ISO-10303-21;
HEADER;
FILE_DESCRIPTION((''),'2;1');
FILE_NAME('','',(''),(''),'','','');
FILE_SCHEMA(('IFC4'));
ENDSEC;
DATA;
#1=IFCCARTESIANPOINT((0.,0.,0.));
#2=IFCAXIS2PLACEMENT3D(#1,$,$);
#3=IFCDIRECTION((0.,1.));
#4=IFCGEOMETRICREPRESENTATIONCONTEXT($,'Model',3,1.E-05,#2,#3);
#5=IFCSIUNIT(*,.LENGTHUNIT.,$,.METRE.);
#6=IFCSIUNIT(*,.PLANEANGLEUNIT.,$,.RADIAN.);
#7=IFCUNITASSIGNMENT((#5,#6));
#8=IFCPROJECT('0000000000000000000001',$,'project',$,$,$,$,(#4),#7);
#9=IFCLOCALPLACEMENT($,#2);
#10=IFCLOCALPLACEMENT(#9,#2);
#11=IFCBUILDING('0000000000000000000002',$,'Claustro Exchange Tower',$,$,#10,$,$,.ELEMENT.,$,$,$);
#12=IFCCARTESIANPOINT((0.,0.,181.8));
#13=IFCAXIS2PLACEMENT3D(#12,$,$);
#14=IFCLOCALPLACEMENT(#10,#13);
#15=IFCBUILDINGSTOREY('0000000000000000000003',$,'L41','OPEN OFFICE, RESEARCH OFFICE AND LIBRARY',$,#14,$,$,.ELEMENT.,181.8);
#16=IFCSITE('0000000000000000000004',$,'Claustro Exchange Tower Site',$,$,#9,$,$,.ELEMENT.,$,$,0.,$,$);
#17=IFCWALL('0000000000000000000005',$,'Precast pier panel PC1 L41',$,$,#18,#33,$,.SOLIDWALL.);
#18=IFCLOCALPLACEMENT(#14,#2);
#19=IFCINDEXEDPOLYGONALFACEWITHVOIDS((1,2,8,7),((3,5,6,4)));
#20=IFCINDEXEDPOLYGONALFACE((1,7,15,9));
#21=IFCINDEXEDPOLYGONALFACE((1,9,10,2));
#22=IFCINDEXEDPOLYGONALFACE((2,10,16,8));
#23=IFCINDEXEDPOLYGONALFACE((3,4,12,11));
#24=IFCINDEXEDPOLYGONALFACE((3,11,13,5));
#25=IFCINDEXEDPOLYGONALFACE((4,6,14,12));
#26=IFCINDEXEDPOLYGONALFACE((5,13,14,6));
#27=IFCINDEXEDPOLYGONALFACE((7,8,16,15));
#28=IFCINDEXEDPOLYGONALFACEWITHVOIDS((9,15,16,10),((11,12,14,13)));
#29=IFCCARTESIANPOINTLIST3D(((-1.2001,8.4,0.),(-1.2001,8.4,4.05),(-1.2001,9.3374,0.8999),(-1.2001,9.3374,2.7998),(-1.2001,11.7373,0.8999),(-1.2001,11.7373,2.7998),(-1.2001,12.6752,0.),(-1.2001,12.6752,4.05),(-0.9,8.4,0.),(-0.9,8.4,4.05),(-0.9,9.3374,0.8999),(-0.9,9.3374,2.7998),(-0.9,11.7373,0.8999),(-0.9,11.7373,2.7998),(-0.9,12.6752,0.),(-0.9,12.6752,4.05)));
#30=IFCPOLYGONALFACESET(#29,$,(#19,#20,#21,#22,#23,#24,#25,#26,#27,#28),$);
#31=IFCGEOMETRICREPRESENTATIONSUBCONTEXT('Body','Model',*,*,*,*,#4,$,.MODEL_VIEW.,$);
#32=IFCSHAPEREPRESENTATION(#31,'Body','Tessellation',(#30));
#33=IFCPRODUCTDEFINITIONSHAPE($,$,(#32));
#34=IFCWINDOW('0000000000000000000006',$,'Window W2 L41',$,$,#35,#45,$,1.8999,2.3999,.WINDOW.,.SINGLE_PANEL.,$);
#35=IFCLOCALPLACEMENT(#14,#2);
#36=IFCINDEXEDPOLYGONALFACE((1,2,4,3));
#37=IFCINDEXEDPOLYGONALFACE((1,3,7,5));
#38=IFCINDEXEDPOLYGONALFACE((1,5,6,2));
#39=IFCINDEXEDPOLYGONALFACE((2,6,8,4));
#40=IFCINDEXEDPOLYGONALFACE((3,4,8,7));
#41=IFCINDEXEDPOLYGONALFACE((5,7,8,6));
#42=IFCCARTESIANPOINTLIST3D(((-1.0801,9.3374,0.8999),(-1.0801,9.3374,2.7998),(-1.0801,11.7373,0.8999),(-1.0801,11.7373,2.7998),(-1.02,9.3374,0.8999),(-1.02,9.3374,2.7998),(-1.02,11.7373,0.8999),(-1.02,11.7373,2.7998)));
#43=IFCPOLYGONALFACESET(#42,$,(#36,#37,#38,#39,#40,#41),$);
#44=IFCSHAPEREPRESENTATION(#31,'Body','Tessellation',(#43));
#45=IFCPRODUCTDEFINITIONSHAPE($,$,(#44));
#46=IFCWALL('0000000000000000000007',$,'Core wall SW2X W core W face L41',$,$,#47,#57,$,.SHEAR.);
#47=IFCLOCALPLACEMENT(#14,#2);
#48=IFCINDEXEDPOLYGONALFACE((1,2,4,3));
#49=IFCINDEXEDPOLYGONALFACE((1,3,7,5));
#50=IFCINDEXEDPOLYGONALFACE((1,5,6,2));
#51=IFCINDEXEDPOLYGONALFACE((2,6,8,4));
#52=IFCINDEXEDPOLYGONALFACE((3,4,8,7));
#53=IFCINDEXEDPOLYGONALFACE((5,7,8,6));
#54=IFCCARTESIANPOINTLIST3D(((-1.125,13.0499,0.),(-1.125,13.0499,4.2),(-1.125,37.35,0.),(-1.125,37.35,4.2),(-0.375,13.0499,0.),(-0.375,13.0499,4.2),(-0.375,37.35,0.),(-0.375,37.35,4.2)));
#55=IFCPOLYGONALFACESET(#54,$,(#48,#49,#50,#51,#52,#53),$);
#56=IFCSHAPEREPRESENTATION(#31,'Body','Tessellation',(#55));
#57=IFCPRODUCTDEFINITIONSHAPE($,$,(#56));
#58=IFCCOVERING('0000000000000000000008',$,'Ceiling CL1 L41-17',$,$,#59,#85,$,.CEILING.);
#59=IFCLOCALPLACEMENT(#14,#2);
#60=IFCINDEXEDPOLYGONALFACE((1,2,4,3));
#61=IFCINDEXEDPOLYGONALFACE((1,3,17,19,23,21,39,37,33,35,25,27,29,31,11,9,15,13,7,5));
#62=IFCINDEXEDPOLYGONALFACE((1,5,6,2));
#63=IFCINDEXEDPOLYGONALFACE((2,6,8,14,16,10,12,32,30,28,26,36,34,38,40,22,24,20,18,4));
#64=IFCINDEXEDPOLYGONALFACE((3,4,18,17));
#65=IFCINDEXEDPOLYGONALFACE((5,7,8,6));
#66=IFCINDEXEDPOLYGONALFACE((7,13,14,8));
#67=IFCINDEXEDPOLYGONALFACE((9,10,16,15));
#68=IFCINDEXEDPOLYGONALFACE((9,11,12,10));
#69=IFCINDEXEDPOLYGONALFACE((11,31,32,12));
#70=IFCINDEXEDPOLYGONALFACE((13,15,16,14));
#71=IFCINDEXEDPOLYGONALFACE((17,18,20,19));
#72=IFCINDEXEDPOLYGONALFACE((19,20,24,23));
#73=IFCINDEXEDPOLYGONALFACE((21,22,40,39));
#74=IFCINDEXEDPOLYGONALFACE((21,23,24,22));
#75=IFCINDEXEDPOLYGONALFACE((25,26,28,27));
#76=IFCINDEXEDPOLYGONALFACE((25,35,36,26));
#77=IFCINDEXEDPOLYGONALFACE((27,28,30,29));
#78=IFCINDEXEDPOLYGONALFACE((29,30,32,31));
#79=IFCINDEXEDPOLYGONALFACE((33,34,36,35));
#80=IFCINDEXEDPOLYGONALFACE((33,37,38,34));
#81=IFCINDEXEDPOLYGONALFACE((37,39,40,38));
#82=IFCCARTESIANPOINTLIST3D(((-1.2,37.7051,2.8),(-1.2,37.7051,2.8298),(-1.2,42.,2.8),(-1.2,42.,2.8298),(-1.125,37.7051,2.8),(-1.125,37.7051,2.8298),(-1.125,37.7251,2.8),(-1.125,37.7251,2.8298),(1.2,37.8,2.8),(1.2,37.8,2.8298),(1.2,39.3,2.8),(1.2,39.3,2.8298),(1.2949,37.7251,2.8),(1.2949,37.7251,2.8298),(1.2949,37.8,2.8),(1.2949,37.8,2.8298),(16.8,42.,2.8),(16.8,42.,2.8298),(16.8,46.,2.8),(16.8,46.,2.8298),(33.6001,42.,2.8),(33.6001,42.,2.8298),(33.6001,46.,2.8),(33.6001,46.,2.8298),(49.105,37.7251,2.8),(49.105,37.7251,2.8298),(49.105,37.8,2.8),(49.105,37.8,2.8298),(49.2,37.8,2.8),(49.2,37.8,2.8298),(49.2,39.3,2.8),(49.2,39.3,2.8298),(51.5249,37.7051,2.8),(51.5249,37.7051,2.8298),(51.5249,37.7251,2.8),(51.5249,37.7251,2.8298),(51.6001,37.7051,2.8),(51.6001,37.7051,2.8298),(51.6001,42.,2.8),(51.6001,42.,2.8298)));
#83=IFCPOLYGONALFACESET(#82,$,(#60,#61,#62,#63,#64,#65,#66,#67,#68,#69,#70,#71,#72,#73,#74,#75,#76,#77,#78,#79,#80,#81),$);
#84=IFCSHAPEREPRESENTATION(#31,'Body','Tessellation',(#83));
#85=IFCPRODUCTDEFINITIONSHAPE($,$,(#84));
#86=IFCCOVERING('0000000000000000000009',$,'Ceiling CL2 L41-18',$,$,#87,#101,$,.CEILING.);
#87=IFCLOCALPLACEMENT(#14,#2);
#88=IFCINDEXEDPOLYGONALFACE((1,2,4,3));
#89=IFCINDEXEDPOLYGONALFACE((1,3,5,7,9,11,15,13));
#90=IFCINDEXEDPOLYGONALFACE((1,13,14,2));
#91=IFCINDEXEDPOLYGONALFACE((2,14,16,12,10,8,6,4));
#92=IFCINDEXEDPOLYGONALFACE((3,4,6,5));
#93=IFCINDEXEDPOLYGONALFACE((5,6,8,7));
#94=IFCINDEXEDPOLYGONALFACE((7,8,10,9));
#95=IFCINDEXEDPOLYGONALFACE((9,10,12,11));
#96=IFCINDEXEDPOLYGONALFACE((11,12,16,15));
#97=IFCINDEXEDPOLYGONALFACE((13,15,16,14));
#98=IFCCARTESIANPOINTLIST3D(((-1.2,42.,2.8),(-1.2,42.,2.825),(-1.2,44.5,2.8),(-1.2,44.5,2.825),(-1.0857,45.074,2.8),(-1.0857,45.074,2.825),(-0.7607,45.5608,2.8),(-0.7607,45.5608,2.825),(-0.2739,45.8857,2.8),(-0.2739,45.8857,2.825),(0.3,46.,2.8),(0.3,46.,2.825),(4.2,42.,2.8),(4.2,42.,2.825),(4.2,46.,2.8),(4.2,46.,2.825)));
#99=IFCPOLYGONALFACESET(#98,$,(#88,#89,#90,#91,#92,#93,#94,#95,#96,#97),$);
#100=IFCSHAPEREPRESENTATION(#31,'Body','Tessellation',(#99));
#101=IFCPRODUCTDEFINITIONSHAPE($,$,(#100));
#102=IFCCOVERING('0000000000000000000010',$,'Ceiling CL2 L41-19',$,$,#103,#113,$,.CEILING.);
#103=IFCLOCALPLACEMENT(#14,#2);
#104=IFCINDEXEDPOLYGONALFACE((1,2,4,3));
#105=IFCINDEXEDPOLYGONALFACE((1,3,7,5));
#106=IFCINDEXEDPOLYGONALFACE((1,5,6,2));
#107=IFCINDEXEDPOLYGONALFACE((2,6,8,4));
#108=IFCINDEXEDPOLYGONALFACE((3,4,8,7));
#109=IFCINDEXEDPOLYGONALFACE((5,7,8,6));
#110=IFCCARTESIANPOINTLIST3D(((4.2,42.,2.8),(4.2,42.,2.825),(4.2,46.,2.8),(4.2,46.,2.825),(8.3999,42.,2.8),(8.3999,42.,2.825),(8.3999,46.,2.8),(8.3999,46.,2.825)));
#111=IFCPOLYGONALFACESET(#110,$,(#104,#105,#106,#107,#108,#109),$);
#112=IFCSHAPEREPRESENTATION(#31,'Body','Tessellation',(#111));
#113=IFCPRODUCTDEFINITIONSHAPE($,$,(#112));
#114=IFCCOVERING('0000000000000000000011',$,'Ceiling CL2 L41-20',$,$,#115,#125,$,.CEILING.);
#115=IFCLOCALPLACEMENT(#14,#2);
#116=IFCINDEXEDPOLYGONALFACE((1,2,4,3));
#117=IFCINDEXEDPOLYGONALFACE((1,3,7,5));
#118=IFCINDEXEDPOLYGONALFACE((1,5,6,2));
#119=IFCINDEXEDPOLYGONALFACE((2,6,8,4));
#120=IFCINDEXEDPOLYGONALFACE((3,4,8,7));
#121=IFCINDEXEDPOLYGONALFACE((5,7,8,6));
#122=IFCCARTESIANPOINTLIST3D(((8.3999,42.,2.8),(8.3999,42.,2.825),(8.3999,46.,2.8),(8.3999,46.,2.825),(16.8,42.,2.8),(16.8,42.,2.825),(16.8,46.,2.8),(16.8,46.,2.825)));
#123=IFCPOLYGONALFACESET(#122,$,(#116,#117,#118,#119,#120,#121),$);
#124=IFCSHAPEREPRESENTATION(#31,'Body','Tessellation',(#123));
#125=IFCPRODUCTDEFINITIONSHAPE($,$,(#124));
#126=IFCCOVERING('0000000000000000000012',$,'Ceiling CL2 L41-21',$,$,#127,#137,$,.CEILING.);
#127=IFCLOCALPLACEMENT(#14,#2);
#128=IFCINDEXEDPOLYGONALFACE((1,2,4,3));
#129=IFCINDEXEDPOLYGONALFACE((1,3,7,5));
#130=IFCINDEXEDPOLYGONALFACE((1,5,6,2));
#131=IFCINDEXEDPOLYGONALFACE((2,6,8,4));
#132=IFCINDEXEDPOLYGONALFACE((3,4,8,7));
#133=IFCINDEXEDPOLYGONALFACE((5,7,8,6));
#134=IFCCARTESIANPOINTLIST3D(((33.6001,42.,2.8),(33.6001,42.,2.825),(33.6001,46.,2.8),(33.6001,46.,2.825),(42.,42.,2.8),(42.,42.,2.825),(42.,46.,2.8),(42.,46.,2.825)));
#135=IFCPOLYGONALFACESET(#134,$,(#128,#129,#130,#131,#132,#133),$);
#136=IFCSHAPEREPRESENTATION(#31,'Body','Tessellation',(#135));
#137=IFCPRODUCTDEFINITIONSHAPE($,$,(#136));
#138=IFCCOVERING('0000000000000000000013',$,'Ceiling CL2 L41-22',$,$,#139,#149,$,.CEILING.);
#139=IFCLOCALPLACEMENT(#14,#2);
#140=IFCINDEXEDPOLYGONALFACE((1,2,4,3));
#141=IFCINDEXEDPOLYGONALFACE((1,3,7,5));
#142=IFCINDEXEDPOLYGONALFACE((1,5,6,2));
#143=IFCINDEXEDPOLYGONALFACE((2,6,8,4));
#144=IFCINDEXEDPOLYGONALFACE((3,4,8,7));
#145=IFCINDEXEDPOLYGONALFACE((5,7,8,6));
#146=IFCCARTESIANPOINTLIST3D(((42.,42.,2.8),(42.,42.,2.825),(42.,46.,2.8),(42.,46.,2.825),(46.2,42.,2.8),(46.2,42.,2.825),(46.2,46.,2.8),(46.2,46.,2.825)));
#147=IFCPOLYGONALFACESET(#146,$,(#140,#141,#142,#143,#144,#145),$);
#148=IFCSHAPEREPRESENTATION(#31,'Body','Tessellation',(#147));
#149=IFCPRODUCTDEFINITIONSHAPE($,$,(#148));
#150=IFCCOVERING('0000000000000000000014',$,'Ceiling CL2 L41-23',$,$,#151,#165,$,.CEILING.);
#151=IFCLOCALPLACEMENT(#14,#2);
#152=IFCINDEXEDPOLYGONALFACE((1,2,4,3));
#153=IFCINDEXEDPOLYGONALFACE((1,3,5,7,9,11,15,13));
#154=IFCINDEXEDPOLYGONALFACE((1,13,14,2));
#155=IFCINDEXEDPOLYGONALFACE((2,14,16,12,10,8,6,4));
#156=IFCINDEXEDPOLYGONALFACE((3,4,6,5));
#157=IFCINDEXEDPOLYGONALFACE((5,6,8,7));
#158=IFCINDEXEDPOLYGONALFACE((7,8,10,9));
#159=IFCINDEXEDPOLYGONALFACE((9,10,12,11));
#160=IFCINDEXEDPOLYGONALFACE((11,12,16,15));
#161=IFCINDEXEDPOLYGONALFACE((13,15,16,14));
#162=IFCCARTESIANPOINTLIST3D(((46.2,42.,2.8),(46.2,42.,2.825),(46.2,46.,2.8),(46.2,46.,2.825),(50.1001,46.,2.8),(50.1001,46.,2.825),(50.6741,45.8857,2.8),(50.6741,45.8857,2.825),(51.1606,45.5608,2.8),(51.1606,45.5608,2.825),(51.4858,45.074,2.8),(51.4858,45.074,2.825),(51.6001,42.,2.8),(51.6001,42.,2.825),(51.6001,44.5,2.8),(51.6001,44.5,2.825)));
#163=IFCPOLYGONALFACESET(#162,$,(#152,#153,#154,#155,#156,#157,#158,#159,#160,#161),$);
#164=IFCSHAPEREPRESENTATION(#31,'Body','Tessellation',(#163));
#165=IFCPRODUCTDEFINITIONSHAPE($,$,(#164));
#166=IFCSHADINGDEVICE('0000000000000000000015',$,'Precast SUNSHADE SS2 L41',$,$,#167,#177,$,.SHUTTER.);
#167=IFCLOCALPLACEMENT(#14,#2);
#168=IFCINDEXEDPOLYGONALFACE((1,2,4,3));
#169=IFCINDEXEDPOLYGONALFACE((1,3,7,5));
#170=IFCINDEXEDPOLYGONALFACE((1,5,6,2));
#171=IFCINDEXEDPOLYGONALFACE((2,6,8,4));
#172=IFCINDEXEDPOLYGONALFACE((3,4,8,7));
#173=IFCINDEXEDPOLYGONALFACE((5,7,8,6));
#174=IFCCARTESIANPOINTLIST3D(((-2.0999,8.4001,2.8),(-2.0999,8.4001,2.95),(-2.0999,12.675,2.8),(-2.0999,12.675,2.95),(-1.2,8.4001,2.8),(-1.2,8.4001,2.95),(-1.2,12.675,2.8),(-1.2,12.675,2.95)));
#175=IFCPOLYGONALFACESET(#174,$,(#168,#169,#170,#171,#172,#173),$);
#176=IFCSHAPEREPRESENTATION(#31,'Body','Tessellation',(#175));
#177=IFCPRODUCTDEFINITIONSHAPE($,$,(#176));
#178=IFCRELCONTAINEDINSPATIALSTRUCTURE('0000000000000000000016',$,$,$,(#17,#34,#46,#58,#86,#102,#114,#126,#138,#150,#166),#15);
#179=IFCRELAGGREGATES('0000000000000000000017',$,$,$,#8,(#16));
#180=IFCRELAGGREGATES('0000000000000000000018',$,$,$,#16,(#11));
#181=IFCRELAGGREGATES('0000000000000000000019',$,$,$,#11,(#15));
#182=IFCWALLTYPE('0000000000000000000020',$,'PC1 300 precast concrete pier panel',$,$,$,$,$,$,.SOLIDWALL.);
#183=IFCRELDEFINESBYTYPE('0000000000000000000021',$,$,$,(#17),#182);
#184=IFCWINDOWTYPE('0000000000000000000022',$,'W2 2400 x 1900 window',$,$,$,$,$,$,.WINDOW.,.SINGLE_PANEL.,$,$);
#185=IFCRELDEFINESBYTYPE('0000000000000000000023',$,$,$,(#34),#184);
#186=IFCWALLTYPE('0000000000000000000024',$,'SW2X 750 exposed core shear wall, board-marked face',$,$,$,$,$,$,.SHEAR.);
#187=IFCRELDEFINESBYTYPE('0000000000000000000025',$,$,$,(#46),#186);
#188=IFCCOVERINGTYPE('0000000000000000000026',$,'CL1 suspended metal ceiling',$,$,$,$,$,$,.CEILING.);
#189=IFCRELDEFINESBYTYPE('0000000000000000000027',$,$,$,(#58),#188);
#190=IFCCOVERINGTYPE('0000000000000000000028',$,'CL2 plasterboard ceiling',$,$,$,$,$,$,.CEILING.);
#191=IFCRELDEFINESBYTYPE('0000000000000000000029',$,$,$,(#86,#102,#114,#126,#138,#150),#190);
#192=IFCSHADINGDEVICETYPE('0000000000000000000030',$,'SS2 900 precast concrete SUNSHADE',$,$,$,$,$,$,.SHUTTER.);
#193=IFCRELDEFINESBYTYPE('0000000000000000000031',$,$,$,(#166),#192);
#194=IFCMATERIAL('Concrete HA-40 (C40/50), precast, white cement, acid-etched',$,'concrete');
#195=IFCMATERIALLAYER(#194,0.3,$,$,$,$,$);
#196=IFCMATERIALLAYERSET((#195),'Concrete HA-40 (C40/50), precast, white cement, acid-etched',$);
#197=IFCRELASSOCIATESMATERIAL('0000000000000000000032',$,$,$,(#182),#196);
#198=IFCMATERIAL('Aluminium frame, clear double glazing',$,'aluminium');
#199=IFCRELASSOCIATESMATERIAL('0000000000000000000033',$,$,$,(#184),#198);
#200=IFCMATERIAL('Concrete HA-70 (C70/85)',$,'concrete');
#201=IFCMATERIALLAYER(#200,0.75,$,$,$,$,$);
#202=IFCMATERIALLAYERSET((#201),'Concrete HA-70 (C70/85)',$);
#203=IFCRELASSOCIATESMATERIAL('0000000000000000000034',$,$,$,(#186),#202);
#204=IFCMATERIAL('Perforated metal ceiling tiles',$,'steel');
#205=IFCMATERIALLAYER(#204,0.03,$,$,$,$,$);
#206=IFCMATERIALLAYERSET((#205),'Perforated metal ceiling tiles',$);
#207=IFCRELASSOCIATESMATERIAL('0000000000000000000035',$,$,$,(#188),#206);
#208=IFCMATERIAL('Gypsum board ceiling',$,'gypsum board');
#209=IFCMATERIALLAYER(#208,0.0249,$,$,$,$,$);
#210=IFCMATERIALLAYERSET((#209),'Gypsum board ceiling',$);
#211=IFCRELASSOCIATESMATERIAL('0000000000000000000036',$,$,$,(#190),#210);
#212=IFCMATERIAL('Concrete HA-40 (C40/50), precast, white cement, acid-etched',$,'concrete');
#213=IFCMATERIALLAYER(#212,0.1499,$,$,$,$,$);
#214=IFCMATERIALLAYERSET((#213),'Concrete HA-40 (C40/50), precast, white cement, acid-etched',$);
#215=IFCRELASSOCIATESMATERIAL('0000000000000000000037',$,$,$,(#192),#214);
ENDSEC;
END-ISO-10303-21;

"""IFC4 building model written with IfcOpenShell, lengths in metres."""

from ifc_helpers import new_model, si_unit, direction, frame, frame_2d, origin, origin_2d, place, context, subcontext, project, spatial, polyline, rectangle, outline, extrude, material, layer, layer_set, type_object, element, fill, save


model = new_model("IFC4")

# Units and contexts
model_context = context("Model", 3, precision=1e-05, world=origin(), true_north=direction((0.0, 1.0)))
body_context = subcontext(model_context, "Body", "Model", "MODEL_VIEW")
ifc_project = project(units=[si_unit("LENGTHUNIT", "METRE"), si_unit("PLANEANGLEUNIT", "RADIAN")], contexts=[model_context])

# Site, building, storey
site_placement = place(None, origin())
site = spatial("IfcSite", under=ifc_project, at=site_placement, Name="Claustro Exchange Tower Site", CompositionType="ELEMENT", RefElevation=0.0)
building_placement = place(site_placement, origin())
building = spatial("IfcBuilding", under=site, at=building_placement, Name="Claustro Exchange Tower", CompositionType="ELEMENT")
storey_placement = place(building_placement, frame((0.0, 0.0, 181.8)))
storey = spatial("IfcBuildingStorey", under=building, at=storey_placement, Name="L41", Description="OPEN OFFICE, RESEARCH OFFICE AND LIBRARY", CompositionType="ELEMENT", Elevation=181.8)

# Shared definitions
ifc_material_1 = material(Name="Concrete HA-40 (C40/50), precast, white cement, acid-etched", Category="concrete")
ifc_layer_1 = layer(ifc_material_1, 0.3)
ifc_layer_set_1 = layer_set([ifc_layer_1], Name="Concrete HA-40 (C40/50), precast, white cement, acid-etched")
wall_type_1 = type_object("IfcWallType", Name="PC1 300 precast concrete pier panel", PredefinedType="SOLIDWALL", material=ifc_layer_set_1)

# Wall, opening, window
wall_1_placement = place(storey_placement, frame((-1.05, 8.3999, 0.0), z_axis=(0.0, 0.0, 1.0), x_axis=(0.0, 1.0, 0.0)))
wall_1 = element("IfcWall", 1, at=wall_1_placement, inside=storey, type_object=wall_type_1, Name="Precast pier panel PC1 L41", PredefinedType="SOLIDWALL", context=body_context, shape_type="SweptSolid", body=[
    extrude(rectangle(XDim=4.2751, YDim=0.3, at=frame_2d((2.1377, 0.0))), origin(), (0.0, 0.0, 1.0), 4.05),
])
opening_1_placement = place(wall_1_placement, frame((0.9375, 0.0, 0.8999)))
opening_1 = element("IfcOpeningElement", 2, at=opening_1_placement, cuts=wall_1, PredefinedType="OPENING", context=body_context, shape_type="SweptSolid", body=[
    extrude(rectangle(XDim=2.3999, YDim=1.8999, at=frame_2d((1.2, 0.95))), frame((0.0, 0.1599, 0.0), z_axis=(0.0, -1.0, 0.0), x_axis=(1.0, 0.0, 0.0)), (0.0, 0.0, 1.0), 0.3201),
])
ifc_material_2 = material(Name="Aluminium frame, clear double glazing", Category="aluminium")
window_type = type_object("IfcWindowType", Name="W2 2400 x 1900 window", PartitioningType="SINGLE_PANEL", PredefinedType="WINDOW", material=ifc_material_2)
window_placement = place(opening_1_placement, origin())
window = element("IfcWindow", 3, at=window_placement, inside=storey, type_object=window_type, Name="Window W2 L41", OverallHeight=1.8999, OverallWidth=2.3999, PartitioningType="SINGLE_PANEL", PredefinedType="WINDOW", context=body_context, shape_type="SweptSolid", body=[
    extrude(rectangle(XDim=2.3999, YDim=1.8999, at=frame_2d((1.2, 0.95))), frame((0.0, 0.03, 0.0), z_axis=(0.0, -1.0, 0.0), x_axis=(1.0, 0.0, 0.0)), (0.0, 0.0, 1.0), 0.0601),
])
fill(opening_1, window)

# Wall
ifc_material_3 = material(Name="Concrete HA-70 (C70/85)", Category="concrete")
ifc_layer_2 = layer(ifc_material_3, 0.75)
ifc_layer_set_2 = layer_set([ifc_layer_2], Name="Concrete HA-70 (C70/85)")
wall_type_2 = type_object("IfcWallType", Name="SW2X 750 exposed core shear wall, board-marked face", PredefinedType="SHEAR", material=ifc_layer_set_2)
wall_2_placement = place(storey_placement, frame((-0.75, 13.05, 0.0), z_axis=(0.0, 0.0, 1.0), x_axis=(0.0, 1.0, 0.0)))
element("IfcWall", 4, at=wall_2_placement, inside=storey, type_object=wall_type_2, Name="Core wall SW2X W core W face L41", PredefinedType="SHEAR", context=body_context, shape_type="SweptSolid", body=[
    extrude(rectangle(XDim=24.3, YDim=0.75, at=frame_2d((12.1499, 0.0))), origin(), (0.0, 0.0, 1.0), 4.2),
])

# Coverings
ifc_material_4 = material(Name="Perforated metal ceiling tiles", Category="steel")
ifc_layer_3 = layer(ifc_material_4, 0.03)
ifc_layer_set_3 = layer_set([ifc_layer_3], Name="Perforated metal ceiling tiles")
covering_type_1 = type_object("IfcCoveringType", Name="CL1 suspended metal ceiling", PredefinedType="CEILING", material=ifc_layer_set_3)
covering_1_placement = place(storey_placement, frame((0.0, 0.0, 2.8)))
element("IfcCovering", 5, at=covering_1_placement, inside=storey, type_object=covering_type_1, Name="Ceiling CL1 L41-17", PredefinedType="CEILING", context=body_context, shape_type="SweptSolid", body=[
    extrude(outline(polyline([(-1.125, 37.7251), (1.2949, 37.7251), (1.2949, 37.8), (1.2, 37.8), (1.2, 39.3), (49.2, 39.3), (49.2, 37.8), (49.105, 37.8), (49.105, 37.7251), (51.5249, 37.7251), (51.5249, 37.7051), (51.6001, 37.7051), (51.6001, 42.0), (33.6001, 42.0), (33.6001, 46.0), (16.8, 46.0), (16.8, 42.0), (-1.2, 42.0), (-1.2, 37.7051), (-1.125, 37.7051), (-1.125, 37.7251)])), origin(), (0.0, 0.0, 1.0), 0.0298),
])
ifc_material_5 = material(Name="Gypsum board ceiling", Category="gypsum board")
ifc_layer_4 = layer(ifc_material_5, 0.0249)
ifc_layer_set_4 = layer_set([ifc_layer_4], Name="Gypsum board ceiling")
covering_type_2 = type_object("IfcCoveringType", Name="CL2 plasterboard ceiling", PredefinedType="CEILING", material=ifc_layer_set_4)
covering_2_placement = place(storey_placement, frame((0.0, 0.0, 2.8)))
element("IfcCovering", 6, at=covering_2_placement, inside=storey, type_object=covering_type_2, Name="Ceiling CL2 L41-18", PredefinedType="CEILING", context=body_context, shape_type="SweptSolid", body=[
    extrude(outline(polyline([(-1.2, 44.5), (-1.2, 42.0), (4.2, 42.0), (4.2, 46.0), (0.3, 46.0), (-0.2739, 45.8857), (-0.7607, 45.5608), (-1.0857, 45.074), (-1.2, 44.5)])), origin(), (0.0, 0.0, 1.0), 0.0249),
])
covering_3_placement = place(storey_placement, frame((0.0, 0.0, 2.8)))
element("IfcCovering", 7, at=covering_3_placement, inside=storey, type_object=covering_type_2, Name="Ceiling CL2 L41-19", PredefinedType="CEILING", context=body_context, shape_type="SweptSolid", body=[
    extrude(outline(polyline([(8.3999, 46.0), (4.2, 46.0), (4.2, 42.0), (8.3999, 42.0), (8.3999, 46.0)])), origin(), (0.0, 0.0, 1.0), 0.0249),
])
covering_4_placement = place(storey_placement, frame((0.0, 0.0, 2.8)))
element("IfcCovering", 8, at=covering_4_placement, inside=storey, type_object=covering_type_2, Name="Ceiling CL2 L41-20", PredefinedType="CEILING", context=body_context, shape_type="SweptSolid", body=[
    extrude(outline(polyline([(16.8, 46.0), (8.3999, 46.0), (8.3999, 42.0), (16.8, 42.0), (16.8, 46.0)])), origin(), (0.0, 0.0, 1.0), 0.0249),
])
covering_5_placement = place(storey_placement, frame((0.0, 0.0, 2.8)))
element("IfcCovering", 9, at=covering_5_placement, inside=storey, type_object=covering_type_2, Name="Ceiling CL2 L41-21", PredefinedType="CEILING", context=body_context, shape_type="SweptSolid", body=[
    extrude(outline(polyline([(42.0, 46.0), (33.6001, 46.0), (33.6001, 42.0), (42.0, 42.0), (42.0, 46.0)])), origin(), (0.0, 0.0, 1.0), 0.0249),
])
covering_6_placement = place(storey_placement, frame((0.0, 0.0, 2.8)))
element("IfcCovering", 10, at=covering_6_placement, inside=storey, type_object=covering_type_2, Name="Ceiling CL2 L41-22", PredefinedType="CEILING", context=body_context, shape_type="SweptSolid", body=[
    extrude(outline(polyline([(46.2, 46.0), (42.0, 46.0), (42.0, 42.0), (46.2, 42.0), (46.2, 46.0)])), origin(), (0.0, 0.0, 1.0), 0.0249),
])
covering_7_placement = place(storey_placement, frame((0.0, 0.0, 2.8)))
element("IfcCovering", 11, at=covering_7_placement, inside=storey, type_object=covering_type_2, Name="Ceiling CL2 L41-23", PredefinedType="CEILING", context=body_context, shape_type="SweptSolid", body=[
    extrude(outline(polyline([(50.1001, 46.0), (46.2, 46.0), (46.2, 42.0), (51.6001, 42.0), (51.6001, 44.5), (51.4858, 45.074), (51.1606, 45.5608), (50.6741, 45.8857), (50.1001, 46.0)])), origin(), (0.0, 0.0, 1.0), 0.0249),
])

# Shading device
ifc_material_6 = material(Name="Concrete HA-40 (C40/50), precast, white cement, acid-etched", Category="concrete")
ifc_layer_5 = layer(ifc_material_6, 0.1499)
ifc_layer_set_5 = layer_set([ifc_layer_5], Name="Concrete HA-40 (C40/50), precast, white cement, acid-etched")
shading_device_type = type_object("IfcShadingDeviceType", Name="SS2 900 precast concrete SUNSHADE", PredefinedType="SHUTTER", material=ifc_layer_set_5)
shading_device_placement = place(storey_placement, frame((-1.6499, 10.5376, 2.8), z_axis=(0.0, 0.0, 1.0), x_axis=(0.0, 1.0, 0.0)))
element("IfcShadingDevice", 12, at=shading_device_placement, inside=storey, type_object=shading_device_type, Name="Precast SUNSHADE SS2 L41", PredefinedType="SHUTTER", context=body_context, shape_type="SweptSolid", body=[
    extrude(rectangle(XDim=4.2749, YDim=0.8999, at=origin_2d()), origin(), (0.0, 0.0, 1.0), 0.1499),
])

save(model, "model.ifc")
